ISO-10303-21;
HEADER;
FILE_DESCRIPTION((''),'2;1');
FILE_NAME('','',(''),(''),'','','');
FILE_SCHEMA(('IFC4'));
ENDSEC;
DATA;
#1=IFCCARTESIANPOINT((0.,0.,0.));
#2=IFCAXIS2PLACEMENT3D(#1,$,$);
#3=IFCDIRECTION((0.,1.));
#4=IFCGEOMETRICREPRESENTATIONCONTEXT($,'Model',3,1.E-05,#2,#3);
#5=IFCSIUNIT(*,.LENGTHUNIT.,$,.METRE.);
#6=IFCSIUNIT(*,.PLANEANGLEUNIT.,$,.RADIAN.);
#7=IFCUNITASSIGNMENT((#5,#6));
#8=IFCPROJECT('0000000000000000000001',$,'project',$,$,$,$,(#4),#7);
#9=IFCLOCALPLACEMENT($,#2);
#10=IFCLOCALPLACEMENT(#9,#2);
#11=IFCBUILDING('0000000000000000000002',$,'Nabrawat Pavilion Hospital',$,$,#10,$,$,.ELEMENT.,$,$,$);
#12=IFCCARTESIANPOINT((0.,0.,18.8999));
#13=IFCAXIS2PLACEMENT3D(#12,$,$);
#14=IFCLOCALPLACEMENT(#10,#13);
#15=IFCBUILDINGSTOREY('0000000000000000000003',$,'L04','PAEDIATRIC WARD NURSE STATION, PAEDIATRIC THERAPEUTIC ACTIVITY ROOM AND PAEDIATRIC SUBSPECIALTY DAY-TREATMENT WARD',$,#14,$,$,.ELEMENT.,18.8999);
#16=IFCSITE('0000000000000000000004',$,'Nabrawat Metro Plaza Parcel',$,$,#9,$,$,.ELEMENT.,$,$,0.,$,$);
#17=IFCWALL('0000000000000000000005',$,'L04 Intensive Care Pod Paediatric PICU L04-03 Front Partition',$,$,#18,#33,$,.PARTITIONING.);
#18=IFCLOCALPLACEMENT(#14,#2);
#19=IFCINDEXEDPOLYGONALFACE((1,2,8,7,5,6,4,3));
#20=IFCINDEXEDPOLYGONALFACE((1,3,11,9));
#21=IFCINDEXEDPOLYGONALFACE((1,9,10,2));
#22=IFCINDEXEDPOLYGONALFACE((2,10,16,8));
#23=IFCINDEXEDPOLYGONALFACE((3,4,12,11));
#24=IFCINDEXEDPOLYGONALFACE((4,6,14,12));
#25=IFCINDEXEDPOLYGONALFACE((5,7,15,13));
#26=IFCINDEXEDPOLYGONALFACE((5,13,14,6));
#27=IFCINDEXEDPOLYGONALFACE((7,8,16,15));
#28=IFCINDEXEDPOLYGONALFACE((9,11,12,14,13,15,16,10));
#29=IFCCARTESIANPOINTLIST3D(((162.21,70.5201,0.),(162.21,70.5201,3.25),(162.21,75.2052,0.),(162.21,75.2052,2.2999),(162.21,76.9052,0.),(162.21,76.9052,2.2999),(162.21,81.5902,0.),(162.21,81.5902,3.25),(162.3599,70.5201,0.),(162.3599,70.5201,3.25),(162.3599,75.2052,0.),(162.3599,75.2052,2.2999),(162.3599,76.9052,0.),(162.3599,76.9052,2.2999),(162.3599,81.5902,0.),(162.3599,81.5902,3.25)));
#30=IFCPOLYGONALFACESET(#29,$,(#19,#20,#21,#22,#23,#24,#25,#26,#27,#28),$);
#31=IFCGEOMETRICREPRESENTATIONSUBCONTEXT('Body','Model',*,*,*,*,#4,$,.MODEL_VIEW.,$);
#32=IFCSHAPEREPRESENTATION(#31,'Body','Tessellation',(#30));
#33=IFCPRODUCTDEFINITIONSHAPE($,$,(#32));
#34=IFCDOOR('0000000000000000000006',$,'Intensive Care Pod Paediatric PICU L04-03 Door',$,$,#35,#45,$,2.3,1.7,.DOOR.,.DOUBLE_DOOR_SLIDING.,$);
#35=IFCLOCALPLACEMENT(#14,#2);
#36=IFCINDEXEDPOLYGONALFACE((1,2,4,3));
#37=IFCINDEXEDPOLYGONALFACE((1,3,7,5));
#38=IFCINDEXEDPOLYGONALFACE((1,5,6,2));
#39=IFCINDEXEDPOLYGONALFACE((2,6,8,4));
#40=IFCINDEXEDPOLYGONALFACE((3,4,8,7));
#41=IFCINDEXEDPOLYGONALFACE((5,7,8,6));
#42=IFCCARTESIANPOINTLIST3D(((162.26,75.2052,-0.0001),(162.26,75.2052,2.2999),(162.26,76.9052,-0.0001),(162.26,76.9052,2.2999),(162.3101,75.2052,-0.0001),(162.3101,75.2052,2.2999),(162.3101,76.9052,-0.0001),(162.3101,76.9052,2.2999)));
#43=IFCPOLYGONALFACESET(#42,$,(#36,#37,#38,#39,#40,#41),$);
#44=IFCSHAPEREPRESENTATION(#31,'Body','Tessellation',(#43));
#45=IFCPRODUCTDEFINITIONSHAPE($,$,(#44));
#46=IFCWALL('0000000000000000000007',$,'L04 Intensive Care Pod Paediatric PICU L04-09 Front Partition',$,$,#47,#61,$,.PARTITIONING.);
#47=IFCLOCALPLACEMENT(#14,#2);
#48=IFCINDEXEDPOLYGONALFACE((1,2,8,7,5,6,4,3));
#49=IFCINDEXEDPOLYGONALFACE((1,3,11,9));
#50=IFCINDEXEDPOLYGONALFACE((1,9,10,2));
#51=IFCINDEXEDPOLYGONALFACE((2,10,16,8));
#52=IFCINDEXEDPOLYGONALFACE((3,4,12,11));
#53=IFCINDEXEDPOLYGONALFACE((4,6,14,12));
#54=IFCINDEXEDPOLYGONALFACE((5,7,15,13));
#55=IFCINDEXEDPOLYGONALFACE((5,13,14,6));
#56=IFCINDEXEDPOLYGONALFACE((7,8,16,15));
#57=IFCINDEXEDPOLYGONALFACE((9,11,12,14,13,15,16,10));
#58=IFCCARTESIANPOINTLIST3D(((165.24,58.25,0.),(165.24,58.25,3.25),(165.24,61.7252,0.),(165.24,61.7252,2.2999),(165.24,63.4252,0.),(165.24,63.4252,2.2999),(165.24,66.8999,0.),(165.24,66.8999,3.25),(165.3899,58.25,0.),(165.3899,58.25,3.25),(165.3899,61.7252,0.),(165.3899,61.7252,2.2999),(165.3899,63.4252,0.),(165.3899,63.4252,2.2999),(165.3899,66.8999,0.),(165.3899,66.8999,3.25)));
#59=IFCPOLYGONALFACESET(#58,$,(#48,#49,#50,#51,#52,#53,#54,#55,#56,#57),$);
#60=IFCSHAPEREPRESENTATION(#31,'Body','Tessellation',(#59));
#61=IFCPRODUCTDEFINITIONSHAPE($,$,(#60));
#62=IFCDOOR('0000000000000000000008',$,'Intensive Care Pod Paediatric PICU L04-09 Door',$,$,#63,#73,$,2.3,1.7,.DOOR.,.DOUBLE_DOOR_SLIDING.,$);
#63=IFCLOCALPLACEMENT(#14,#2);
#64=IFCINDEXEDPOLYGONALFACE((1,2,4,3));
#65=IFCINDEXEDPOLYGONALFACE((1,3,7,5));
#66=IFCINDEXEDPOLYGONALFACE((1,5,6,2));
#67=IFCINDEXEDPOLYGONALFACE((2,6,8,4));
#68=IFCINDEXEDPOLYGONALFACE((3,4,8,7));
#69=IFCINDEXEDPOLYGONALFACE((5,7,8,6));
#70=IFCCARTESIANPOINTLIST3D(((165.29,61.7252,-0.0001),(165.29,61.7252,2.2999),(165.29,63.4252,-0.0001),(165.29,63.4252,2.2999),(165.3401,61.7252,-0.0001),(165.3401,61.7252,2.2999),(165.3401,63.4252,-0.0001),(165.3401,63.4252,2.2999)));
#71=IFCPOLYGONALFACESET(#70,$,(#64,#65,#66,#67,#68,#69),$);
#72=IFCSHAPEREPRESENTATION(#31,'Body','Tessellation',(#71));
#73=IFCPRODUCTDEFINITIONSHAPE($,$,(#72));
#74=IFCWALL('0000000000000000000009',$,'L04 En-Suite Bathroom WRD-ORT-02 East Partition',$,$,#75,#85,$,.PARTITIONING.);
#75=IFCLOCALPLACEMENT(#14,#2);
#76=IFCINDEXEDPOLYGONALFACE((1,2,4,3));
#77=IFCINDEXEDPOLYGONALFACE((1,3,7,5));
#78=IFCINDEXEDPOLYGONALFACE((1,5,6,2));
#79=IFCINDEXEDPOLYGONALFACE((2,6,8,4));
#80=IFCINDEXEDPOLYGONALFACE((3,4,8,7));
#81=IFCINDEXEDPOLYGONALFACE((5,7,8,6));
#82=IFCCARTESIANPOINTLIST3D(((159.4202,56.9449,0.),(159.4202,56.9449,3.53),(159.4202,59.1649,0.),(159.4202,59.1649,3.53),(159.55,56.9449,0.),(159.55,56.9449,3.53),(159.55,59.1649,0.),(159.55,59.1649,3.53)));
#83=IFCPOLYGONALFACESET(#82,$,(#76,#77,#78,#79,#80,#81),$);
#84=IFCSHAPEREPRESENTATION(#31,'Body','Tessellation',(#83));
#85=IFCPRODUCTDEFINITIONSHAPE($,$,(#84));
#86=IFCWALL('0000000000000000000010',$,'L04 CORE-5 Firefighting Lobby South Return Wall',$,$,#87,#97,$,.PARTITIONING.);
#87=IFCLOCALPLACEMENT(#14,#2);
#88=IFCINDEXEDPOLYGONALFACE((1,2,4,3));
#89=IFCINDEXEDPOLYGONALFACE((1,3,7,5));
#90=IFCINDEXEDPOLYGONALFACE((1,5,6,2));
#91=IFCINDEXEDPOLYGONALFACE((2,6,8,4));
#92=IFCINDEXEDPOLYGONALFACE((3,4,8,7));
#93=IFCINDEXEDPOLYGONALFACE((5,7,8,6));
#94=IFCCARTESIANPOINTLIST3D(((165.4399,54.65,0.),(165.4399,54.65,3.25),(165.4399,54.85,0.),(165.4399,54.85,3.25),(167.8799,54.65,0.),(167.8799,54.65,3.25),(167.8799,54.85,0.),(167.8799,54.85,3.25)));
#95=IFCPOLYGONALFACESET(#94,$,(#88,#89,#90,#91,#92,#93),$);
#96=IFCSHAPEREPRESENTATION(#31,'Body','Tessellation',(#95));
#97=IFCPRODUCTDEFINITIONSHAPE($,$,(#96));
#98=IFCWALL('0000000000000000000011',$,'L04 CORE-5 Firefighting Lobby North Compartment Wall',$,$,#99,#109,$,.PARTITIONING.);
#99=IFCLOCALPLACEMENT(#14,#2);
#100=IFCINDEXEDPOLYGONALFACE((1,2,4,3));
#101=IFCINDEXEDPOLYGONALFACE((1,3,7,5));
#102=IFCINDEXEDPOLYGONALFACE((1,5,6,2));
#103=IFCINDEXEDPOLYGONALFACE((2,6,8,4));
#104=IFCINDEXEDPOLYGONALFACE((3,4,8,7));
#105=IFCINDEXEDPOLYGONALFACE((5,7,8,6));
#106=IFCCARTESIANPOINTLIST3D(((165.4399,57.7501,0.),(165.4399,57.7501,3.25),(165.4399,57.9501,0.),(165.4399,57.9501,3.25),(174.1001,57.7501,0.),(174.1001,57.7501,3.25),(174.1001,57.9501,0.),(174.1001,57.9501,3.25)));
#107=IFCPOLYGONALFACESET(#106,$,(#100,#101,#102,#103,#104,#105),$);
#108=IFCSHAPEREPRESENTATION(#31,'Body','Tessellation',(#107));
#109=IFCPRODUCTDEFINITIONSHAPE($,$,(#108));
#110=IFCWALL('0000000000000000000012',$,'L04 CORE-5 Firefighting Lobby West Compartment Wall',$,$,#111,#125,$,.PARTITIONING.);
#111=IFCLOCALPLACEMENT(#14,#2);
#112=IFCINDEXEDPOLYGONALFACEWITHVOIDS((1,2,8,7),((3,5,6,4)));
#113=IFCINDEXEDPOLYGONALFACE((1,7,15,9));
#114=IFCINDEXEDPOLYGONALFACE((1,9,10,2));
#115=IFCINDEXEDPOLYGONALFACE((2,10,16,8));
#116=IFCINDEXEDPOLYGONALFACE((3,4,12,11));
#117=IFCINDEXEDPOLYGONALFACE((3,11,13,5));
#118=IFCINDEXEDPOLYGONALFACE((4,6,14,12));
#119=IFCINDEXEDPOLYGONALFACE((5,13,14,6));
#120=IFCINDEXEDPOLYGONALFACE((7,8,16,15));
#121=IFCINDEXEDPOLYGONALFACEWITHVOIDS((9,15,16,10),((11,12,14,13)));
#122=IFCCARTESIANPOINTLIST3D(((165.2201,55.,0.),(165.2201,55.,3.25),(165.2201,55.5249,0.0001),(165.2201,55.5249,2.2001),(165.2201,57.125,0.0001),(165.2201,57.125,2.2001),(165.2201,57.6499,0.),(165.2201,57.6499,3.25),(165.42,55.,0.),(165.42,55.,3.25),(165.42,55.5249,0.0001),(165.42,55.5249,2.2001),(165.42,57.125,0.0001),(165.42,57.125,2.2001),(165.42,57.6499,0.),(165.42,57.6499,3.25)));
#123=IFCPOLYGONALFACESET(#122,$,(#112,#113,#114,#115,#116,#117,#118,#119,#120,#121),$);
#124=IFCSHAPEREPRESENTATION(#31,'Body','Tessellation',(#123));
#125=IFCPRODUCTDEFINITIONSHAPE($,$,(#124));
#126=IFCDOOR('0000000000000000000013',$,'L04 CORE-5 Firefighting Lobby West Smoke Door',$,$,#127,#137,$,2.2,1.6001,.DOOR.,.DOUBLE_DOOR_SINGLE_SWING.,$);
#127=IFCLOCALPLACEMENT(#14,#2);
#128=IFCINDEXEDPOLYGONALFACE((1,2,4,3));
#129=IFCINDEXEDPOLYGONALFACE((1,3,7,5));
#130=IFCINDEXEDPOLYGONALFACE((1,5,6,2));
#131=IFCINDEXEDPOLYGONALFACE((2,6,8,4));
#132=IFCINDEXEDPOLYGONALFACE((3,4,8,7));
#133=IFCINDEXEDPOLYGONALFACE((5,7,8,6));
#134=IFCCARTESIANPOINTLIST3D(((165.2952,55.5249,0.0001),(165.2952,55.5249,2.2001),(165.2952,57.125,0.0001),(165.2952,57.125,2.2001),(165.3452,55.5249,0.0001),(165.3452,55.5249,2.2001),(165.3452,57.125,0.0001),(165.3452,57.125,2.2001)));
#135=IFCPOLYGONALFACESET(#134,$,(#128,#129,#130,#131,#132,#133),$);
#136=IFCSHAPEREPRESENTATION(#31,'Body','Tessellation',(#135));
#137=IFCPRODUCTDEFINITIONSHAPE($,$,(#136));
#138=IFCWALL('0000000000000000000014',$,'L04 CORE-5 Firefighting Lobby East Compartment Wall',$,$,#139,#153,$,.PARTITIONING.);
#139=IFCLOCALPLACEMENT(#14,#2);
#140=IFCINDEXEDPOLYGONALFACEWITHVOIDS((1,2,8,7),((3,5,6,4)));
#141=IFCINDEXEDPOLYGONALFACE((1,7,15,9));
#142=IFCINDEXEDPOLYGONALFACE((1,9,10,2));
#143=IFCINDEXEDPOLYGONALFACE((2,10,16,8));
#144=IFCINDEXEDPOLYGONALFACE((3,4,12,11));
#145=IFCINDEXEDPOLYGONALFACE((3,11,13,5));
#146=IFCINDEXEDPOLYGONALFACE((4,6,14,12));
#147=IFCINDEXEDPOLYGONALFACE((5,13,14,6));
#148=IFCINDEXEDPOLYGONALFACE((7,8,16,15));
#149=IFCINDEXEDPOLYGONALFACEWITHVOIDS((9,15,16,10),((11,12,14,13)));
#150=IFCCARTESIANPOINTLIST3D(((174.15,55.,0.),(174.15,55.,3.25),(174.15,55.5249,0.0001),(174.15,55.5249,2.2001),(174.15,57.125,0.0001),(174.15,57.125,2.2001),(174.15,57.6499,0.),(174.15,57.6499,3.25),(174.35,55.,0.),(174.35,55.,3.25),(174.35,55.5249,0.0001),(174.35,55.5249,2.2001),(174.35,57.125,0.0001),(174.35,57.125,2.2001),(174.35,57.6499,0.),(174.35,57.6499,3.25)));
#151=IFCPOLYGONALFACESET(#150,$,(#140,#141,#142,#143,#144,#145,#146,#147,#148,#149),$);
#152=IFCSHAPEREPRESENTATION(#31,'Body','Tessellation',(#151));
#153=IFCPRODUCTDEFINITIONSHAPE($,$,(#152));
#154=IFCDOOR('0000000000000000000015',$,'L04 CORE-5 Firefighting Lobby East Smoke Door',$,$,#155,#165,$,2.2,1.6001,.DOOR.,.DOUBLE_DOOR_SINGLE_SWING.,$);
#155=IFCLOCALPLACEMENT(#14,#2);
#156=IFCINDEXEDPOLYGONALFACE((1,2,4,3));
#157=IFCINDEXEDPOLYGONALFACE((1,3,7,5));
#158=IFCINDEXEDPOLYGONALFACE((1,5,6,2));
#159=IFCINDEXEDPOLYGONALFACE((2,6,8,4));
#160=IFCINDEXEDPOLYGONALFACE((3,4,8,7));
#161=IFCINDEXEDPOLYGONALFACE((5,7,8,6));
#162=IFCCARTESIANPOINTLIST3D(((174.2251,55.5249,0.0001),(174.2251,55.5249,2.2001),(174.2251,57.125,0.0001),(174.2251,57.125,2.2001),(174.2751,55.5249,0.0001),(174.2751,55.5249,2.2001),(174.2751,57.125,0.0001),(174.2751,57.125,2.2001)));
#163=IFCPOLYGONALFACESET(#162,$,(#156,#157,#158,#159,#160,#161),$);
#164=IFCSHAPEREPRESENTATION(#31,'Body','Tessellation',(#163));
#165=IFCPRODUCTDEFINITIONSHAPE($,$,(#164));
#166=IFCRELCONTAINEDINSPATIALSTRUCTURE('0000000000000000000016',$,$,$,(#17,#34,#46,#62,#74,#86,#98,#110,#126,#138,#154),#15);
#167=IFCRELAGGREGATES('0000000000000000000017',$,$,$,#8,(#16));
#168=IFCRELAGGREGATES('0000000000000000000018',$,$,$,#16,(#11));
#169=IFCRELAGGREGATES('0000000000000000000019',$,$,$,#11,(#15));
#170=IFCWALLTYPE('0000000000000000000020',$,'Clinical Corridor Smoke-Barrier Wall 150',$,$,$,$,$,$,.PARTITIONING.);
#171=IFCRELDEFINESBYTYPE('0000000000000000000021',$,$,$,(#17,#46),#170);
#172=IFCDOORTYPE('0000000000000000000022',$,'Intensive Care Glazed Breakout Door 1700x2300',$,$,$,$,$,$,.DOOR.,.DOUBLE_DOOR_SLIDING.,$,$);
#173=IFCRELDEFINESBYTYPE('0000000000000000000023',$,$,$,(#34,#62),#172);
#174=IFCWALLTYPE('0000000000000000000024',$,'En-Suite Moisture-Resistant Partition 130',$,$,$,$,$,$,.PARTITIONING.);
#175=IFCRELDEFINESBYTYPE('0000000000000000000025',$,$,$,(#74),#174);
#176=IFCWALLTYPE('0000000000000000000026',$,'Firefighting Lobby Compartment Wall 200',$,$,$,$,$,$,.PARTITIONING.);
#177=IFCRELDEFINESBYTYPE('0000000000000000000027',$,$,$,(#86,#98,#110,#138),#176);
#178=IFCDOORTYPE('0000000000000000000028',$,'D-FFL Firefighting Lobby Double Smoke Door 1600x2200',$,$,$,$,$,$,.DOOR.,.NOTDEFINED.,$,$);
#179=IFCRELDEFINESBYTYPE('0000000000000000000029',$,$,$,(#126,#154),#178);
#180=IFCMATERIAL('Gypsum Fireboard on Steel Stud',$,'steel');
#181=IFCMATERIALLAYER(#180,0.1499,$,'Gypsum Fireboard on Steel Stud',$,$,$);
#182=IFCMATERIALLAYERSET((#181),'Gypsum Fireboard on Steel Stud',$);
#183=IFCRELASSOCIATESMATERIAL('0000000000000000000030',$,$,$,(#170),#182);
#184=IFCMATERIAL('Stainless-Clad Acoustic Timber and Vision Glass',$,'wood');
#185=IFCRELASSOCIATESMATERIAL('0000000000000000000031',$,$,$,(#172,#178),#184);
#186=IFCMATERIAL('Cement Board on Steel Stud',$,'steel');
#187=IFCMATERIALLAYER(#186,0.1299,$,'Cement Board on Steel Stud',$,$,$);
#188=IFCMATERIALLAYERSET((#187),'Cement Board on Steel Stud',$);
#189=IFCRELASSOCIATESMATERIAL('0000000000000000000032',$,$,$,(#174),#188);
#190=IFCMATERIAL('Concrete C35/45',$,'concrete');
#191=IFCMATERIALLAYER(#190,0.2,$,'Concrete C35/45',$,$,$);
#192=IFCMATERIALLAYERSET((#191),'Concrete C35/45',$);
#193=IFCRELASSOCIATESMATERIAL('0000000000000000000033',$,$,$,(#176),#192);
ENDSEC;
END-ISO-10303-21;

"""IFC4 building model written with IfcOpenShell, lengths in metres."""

from ifc_helpers import new_model, si_unit, direction, frame, frame_2d, origin, place, context, subcontext, project, spatial, rectangle, extrude, material, layer, layer_set, type_object, element, fill, save


model = new_model("IFC4")

# Units and contexts
model_context = context("Model", 3, precision=1e-05, world=origin(), true_north=direction((0.0, 1.0)))
body_context = subcontext(model_context, "Body", "Model", "MODEL_VIEW")
ifc_project = project(units=[si_unit("LENGTHUNIT", "METRE"), si_unit("PLANEANGLEUNIT", "RADIAN")], contexts=[model_context])

# Site, building, storey
site_placement = place(None, origin())
site = spatial("IfcSite", under=ifc_project, at=site_placement, Name="Nabrawat Metro Plaza Parcel", CompositionType="ELEMENT", RefElevation=0.0)
building_placement = place(site_placement, origin())
building = spatial("IfcBuilding", under=site, at=building_placement, Name="Nabrawat Pavilion Hospital", CompositionType="ELEMENT")
storey_placement = place(building_placement, frame((0.0, 0.0, 18.8999)))
storey = spatial("IfcBuildingStorey", under=building, at=storey_placement, Name="L04", Description="PAEDIATRIC WARD NURSE STATION, PAEDIATRIC THERAPEUTIC ACTIVITY ROOM AND PAEDIATRIC SUBSPECIALTY DAY-TREATMENT WARD", CompositionType="ELEMENT", Elevation=18.8999)

# Walls, openings, doors
ifc_material_1 = material(Name="Gypsum Fireboard on Steel Stud", Category="steel")
ifc_layer_1 = layer(ifc_material_1, 0.1499, Name="Gypsum Fireboard on Steel Stud")
ifc_layer_set_1 = layer_set([ifc_layer_1], Name="Gypsum Fireboard on Steel Stud")
wall_type_1 = type_object("IfcWallType", Name="Clinical Corridor Smoke-Barrier Wall 150", PredefinedType="PARTITIONING", material=ifc_layer_set_1)
wall_1_placement = place(storey_placement, frame((162.2849, 70.52, 0.0), z_axis=(0.0, 0.0, 1.0), x_axis=(0.0, 1.0, 0.0)))
wall_1 = element("IfcWall", 1, at=wall_1_placement, inside=storey, type_object=wall_type_1, Name="L04 Intensive Care Pod Paediatric PICU L04-03 Front Partition", PredefinedType="PARTITIONING", context=body_context, shape_type="SweptSolid", body=[
    extrude(rectangle(XDim=11.0701, YDim=0.1499, at=frame_2d((5.5352, 0.0))), origin(), (0.0, 0.0, 1.0), 3.25),
])
opening_1_placement = place(wall_1_placement, frame((4.6851, 0.0, 0.0)))
opening_1 = element("IfcOpeningElement", 2, at=opening_1_placement, cuts=wall_1, PredefinedType="OPENING", context=body_context, shape_type="SweptSolid", body=[
    extrude(rectangle(XDim=1.7, YDim=2.3, at=frame_2d((0.8501, 1.1499))), frame((0.0, 0.085, 0.0), z_axis=(0.0, -1.0, 0.0), x_axis=(1.0, 0.0, 0.0)), (0.0, 0.0, 1.0), 0.1699),
])
ifc_material_2 = material(Name="Stainless-Clad Acoustic Timber and Vision Glass", Category="wood")
door_type_1 = type_object("IfcDoorType", Name="Intensive Care Glazed Breakout Door 1700x2300", OperationType="DOUBLE_DOOR_SLIDING", PredefinedType="DOOR", material=ifc_material_2)
door_1_placement = place(opening_1_placement, origin())
door_1 = element("IfcDoor", 3, at=door_1_placement, inside=storey, type_object=door_type_1, Name="Intensive Care Pod Paediatric PICU L04-03 Door", OperationType="DOUBLE_DOOR_SLIDING", OverallHeight=2.3, OverallWidth=1.7, PredefinedType="DOOR", context=body_context, shape_type="SweptSolid", body=[
    extrude(rectangle(XDim=1.7, YDim=2.3, at=frame_2d((0.8501, 1.1499))), frame((0.0, 0.0249, 0.0), z_axis=(0.0, -1.0, 0.0), x_axis=(1.0, 0.0, 0.0)), (0.0, 0.0, 1.0), 0.05),
])
fill(opening_1, door_1)
wall_2_placement = place(storey_placement, frame((165.3149, 58.25, 0.0), z_axis=(0.0, 0.0, 1.0), x_axis=(0.0, 1.0, 0.0)))
wall_2 = element("IfcWall", 4, at=wall_2_placement, inside=storey, type_object=wall_type_1, Name="L04 Intensive Care Pod Paediatric PICU L04-09 Front Partition", PredefinedType="PARTITIONING", context=body_context, shape_type="SweptSolid", body=[
    extrude(rectangle(XDim=8.6499, YDim=0.1499, at=frame_2d((4.325, 0.0))), origin(), (0.0, 0.0, 1.0), 3.25),
])
opening_2_placement = place(wall_2_placement, frame((3.4751, 0.0, 0.0)))
opening_2 = element("IfcOpeningElement", 5, at=opening_2_placement, cuts=wall_2, PredefinedType="OPENING", context=body_context, shape_type="SweptSolid", body=[
    extrude(rectangle(XDim=1.7, YDim=2.3, at=frame_2d((0.8501, 1.1499))), frame((0.0, 0.085, 0.0), z_axis=(0.0, -1.0, 0.0), x_axis=(1.0, 0.0, 0.0)), (0.0, 0.0, 1.0), 0.1699),
])
door_2_placement = place(opening_2_placement, origin())
door_2 = element("IfcDoor", 6, at=door_2_placement, inside=storey, type_object=door_type_1, Name="Intensive Care Pod Paediatric PICU L04-09 Door", OperationType="DOUBLE_DOOR_SLIDING", OverallHeight=2.3, OverallWidth=1.7, PredefinedType="DOOR", context=body_context, shape_type="SweptSolid", body=[
    extrude(rectangle(XDim=1.7, YDim=2.3, at=frame_2d((0.8501, 1.1499))), frame((0.0, 0.0249, 0.0), z_axis=(0.0, -1.0, 0.0), x_axis=(1.0, 0.0, 0.0)), (0.0, 0.0, 1.0), 0.05),
])
fill(opening_2, door_2)

# Walls
ifc_material_3 = material(Name="Cement Board on Steel Stud", Category="steel")
ifc_layer_2 = layer(ifc_material_3, 0.1299, Name="Cement Board on Steel Stud")
ifc_layer_set_2 = layer_set([ifc_layer_2], Name="Cement Board on Steel Stud")
wall_type_2 = type_object("IfcWallType", Name="En-Suite Moisture-Resistant Partition 130", PredefinedType="PARTITIONING", material=ifc_layer_set_2)
wall_3_placement = place(storey_placement, frame((159.4851, 56.9451, 0.0), z_axis=(0.0, 0.0, 1.0), x_axis=(0.0, 1.0, 0.0)))
element("IfcWall", 7, at=wall_3_placement, inside=storey, type_object=wall_type_2, Name="L04 En-Suite Bathroom WRD-ORT-02 East Partition", PredefinedType="PARTITIONING", context=body_context, shape_type="SweptSolid", body=[
    extrude(rectangle(XDim=2.22, YDim=0.1299, at=frame_2d((1.1099, 0.0))), origin(), (0.0, 0.0, 1.0), 3.53),
])
ifc_material_4 = material(Name="Concrete C35/45", Category="concrete")
ifc_layer_3 = layer(ifc_material_4, 0.2, Name="Concrete C35/45")
ifc_layer_set_3 = layer_set([ifc_layer_3], Name="Concrete C35/45")
wall_type_3 = type_object("IfcWallType", Name="Firefighting Lobby Compartment Wall 200", PredefinedType="PARTITIONING", material=ifc_layer_set_3)
wall_4_placement = place(storey_placement, frame((165.4399, 54.75, 0.0), z_axis=(0.0, 0.0, 1.0), x_axis=(1.0, 0.0, 0.0)))
element("IfcWall", 8, at=wall_4_placement, inside=storey, type_object=wall_type_3, Name="L04 CORE-5 Firefighting Lobby South Return Wall", PredefinedType="PARTITIONING", context=body_context, shape_type="SweptSolid", body=[
    extrude(rectangle(XDim=2.4399, YDim=0.2, at=frame_2d((1.22, 0.0))), origin(), (0.0, 0.0, 1.0), 3.25),
])
wall_5_placement = place(storey_placement, frame((165.4399, 57.8501, 0.0), z_axis=(0.0, 0.0, 1.0), x_axis=(1.0, 0.0, 0.0)))
element("IfcWall", 9, at=wall_5_placement, inside=storey, type_object=wall_type_3, Name="L04 CORE-5 Firefighting Lobby North Compartment Wall", PredefinedType="PARTITIONING", context=body_context, shape_type="SweptSolid", body=[
    extrude(rectangle(XDim=8.6602, YDim=0.2, at=frame_2d((4.3301, 0.0))), origin(), (0.0, 0.0, 1.0), 3.25),
])

# Walls, openings, doors
wall_6_placement = place(storey_placement, frame((165.3201, 55.0, 0.0), z_axis=(0.0, 0.0, 1.0), x_axis=(0.0, 1.0, 0.0)))
wall_6 = element("IfcWall", 10, at=wall_6_placement, inside=storey, type_object=wall_type_3, Name="L04 CORE-5 Firefighting Lobby West Compartment Wall", PredefinedType="PARTITIONING", context=body_context, shape_type="SweptSolid", body=[
    extrude(rectangle(XDim=2.6499, YDim=0.2, at=frame_2d((1.325, 0.0))), origin(), (0.0, 0.0, 1.0), 3.25),
])
opening_3_placement = place(wall_6_placement, frame((0.5249, 0.0, 0.0)))
opening_3 = element("IfcOpeningElement", 11, at=opening_3_placement, cuts=wall_6, PredefinedType="OPENING", context=body_context, shape_type="SweptSolid", body=[
    extrude(rectangle(XDim=1.6001, YDim=2.2, at=frame_2d((0.8, 1.1001))), frame((0.0, 0.1099, 0.0), z_axis=(0.0, -1.0, 0.0), x_axis=(1.0, 0.0, 0.0)), (0.0, 0.0, 1.0), 0.22),
])
door_type_2 = type_object("IfcDoorType", Name="D-FFL Firefighting Lobby Double Smoke Door 1600x2200", OperationType="NOTDEFINED", PredefinedType="DOOR", material=ifc_material_2)
door_3_placement = place(opening_3_placement, origin())
door_3 = element("IfcDoor", 12, at=door_3_placement, inside=storey, type_object=door_type_2, Name="L04 CORE-5 Firefighting Lobby West Smoke Door", OperationType="DOUBLE_DOOR_SINGLE_SWING", OverallHeight=2.2, OverallWidth=1.6001, PredefinedType="DOOR", context=body_context, shape_type="SweptSolid", body=[
    extrude(rectangle(XDim=1.6001, YDim=2.2, at=frame_2d((0.8, 1.1001))), frame((0.0, 0.0249, 0.0), z_axis=(0.0, -1.0, 0.0), x_axis=(1.0, 0.0, 0.0)), (0.0, 0.0, 1.0), 0.05),
])
fill(opening_3, door_3)
wall_7_placement = place(storey_placement, frame((174.25, 55.0, 0.0), z_axis=(0.0, 0.0, 1.0), x_axis=(0.0, 1.0, 0.0)))
wall_7 = element("IfcWall", 13, at=wall_7_placement, inside=storey, type_object=wall_type_3, Name="L04 CORE-5 Firefighting Lobby East Compartment Wall", PredefinedType="PARTITIONING", context=body_context, shape_type="SweptSolid", body=[
    extrude(rectangle(XDim=2.6499, YDim=0.2, at=frame_2d((1.325, 0.0))), origin(), (0.0, 0.0, 1.0), 3.25),
])
opening_4_placement = place(wall_7_placement, frame((0.5249, 0.0, 0.0)))
opening_4 = element("IfcOpeningElement", 14, at=opening_4_placement, cuts=wall_7, PredefinedType="OPENING", context=body_context, shape_type="SweptSolid", body=[
    extrude(rectangle(XDim=1.6001, YDim=2.2, at=frame_2d((0.8, 1.1001))), frame((0.0, 0.1099, 0.0), z_axis=(0.0, -1.0, 0.0), x_axis=(1.0, 0.0, 0.0)), (0.0, 0.0, 1.0), 0.22),
])
door_4_placement = place(opening_4_placement, origin())
door_4 = element("IfcDoor", 15, at=door_4_placement, inside=storey, type_object=door_type_2, Name="L04 CORE-5 Firefighting Lobby East Smoke Door", OperationType="DOUBLE_DOOR_SINGLE_SWING", OverallHeight=2.2, OverallWidth=1.6001, PredefinedType="DOOR", context=body_context, shape_type="SweptSolid", body=[
    extrude(rectangle(XDim=1.6001, YDim=2.2, at=frame_2d((0.8, 1.1001))), frame((0.0, 0.0249, 0.0), z_axis=(0.0, -1.0, 0.0), x_axis=(1.0, 0.0, 0.0)), (0.0, 0.0, 1.0), 0.05),
])
fill(opening_4, door_4)

save(model, "model.ifc")
